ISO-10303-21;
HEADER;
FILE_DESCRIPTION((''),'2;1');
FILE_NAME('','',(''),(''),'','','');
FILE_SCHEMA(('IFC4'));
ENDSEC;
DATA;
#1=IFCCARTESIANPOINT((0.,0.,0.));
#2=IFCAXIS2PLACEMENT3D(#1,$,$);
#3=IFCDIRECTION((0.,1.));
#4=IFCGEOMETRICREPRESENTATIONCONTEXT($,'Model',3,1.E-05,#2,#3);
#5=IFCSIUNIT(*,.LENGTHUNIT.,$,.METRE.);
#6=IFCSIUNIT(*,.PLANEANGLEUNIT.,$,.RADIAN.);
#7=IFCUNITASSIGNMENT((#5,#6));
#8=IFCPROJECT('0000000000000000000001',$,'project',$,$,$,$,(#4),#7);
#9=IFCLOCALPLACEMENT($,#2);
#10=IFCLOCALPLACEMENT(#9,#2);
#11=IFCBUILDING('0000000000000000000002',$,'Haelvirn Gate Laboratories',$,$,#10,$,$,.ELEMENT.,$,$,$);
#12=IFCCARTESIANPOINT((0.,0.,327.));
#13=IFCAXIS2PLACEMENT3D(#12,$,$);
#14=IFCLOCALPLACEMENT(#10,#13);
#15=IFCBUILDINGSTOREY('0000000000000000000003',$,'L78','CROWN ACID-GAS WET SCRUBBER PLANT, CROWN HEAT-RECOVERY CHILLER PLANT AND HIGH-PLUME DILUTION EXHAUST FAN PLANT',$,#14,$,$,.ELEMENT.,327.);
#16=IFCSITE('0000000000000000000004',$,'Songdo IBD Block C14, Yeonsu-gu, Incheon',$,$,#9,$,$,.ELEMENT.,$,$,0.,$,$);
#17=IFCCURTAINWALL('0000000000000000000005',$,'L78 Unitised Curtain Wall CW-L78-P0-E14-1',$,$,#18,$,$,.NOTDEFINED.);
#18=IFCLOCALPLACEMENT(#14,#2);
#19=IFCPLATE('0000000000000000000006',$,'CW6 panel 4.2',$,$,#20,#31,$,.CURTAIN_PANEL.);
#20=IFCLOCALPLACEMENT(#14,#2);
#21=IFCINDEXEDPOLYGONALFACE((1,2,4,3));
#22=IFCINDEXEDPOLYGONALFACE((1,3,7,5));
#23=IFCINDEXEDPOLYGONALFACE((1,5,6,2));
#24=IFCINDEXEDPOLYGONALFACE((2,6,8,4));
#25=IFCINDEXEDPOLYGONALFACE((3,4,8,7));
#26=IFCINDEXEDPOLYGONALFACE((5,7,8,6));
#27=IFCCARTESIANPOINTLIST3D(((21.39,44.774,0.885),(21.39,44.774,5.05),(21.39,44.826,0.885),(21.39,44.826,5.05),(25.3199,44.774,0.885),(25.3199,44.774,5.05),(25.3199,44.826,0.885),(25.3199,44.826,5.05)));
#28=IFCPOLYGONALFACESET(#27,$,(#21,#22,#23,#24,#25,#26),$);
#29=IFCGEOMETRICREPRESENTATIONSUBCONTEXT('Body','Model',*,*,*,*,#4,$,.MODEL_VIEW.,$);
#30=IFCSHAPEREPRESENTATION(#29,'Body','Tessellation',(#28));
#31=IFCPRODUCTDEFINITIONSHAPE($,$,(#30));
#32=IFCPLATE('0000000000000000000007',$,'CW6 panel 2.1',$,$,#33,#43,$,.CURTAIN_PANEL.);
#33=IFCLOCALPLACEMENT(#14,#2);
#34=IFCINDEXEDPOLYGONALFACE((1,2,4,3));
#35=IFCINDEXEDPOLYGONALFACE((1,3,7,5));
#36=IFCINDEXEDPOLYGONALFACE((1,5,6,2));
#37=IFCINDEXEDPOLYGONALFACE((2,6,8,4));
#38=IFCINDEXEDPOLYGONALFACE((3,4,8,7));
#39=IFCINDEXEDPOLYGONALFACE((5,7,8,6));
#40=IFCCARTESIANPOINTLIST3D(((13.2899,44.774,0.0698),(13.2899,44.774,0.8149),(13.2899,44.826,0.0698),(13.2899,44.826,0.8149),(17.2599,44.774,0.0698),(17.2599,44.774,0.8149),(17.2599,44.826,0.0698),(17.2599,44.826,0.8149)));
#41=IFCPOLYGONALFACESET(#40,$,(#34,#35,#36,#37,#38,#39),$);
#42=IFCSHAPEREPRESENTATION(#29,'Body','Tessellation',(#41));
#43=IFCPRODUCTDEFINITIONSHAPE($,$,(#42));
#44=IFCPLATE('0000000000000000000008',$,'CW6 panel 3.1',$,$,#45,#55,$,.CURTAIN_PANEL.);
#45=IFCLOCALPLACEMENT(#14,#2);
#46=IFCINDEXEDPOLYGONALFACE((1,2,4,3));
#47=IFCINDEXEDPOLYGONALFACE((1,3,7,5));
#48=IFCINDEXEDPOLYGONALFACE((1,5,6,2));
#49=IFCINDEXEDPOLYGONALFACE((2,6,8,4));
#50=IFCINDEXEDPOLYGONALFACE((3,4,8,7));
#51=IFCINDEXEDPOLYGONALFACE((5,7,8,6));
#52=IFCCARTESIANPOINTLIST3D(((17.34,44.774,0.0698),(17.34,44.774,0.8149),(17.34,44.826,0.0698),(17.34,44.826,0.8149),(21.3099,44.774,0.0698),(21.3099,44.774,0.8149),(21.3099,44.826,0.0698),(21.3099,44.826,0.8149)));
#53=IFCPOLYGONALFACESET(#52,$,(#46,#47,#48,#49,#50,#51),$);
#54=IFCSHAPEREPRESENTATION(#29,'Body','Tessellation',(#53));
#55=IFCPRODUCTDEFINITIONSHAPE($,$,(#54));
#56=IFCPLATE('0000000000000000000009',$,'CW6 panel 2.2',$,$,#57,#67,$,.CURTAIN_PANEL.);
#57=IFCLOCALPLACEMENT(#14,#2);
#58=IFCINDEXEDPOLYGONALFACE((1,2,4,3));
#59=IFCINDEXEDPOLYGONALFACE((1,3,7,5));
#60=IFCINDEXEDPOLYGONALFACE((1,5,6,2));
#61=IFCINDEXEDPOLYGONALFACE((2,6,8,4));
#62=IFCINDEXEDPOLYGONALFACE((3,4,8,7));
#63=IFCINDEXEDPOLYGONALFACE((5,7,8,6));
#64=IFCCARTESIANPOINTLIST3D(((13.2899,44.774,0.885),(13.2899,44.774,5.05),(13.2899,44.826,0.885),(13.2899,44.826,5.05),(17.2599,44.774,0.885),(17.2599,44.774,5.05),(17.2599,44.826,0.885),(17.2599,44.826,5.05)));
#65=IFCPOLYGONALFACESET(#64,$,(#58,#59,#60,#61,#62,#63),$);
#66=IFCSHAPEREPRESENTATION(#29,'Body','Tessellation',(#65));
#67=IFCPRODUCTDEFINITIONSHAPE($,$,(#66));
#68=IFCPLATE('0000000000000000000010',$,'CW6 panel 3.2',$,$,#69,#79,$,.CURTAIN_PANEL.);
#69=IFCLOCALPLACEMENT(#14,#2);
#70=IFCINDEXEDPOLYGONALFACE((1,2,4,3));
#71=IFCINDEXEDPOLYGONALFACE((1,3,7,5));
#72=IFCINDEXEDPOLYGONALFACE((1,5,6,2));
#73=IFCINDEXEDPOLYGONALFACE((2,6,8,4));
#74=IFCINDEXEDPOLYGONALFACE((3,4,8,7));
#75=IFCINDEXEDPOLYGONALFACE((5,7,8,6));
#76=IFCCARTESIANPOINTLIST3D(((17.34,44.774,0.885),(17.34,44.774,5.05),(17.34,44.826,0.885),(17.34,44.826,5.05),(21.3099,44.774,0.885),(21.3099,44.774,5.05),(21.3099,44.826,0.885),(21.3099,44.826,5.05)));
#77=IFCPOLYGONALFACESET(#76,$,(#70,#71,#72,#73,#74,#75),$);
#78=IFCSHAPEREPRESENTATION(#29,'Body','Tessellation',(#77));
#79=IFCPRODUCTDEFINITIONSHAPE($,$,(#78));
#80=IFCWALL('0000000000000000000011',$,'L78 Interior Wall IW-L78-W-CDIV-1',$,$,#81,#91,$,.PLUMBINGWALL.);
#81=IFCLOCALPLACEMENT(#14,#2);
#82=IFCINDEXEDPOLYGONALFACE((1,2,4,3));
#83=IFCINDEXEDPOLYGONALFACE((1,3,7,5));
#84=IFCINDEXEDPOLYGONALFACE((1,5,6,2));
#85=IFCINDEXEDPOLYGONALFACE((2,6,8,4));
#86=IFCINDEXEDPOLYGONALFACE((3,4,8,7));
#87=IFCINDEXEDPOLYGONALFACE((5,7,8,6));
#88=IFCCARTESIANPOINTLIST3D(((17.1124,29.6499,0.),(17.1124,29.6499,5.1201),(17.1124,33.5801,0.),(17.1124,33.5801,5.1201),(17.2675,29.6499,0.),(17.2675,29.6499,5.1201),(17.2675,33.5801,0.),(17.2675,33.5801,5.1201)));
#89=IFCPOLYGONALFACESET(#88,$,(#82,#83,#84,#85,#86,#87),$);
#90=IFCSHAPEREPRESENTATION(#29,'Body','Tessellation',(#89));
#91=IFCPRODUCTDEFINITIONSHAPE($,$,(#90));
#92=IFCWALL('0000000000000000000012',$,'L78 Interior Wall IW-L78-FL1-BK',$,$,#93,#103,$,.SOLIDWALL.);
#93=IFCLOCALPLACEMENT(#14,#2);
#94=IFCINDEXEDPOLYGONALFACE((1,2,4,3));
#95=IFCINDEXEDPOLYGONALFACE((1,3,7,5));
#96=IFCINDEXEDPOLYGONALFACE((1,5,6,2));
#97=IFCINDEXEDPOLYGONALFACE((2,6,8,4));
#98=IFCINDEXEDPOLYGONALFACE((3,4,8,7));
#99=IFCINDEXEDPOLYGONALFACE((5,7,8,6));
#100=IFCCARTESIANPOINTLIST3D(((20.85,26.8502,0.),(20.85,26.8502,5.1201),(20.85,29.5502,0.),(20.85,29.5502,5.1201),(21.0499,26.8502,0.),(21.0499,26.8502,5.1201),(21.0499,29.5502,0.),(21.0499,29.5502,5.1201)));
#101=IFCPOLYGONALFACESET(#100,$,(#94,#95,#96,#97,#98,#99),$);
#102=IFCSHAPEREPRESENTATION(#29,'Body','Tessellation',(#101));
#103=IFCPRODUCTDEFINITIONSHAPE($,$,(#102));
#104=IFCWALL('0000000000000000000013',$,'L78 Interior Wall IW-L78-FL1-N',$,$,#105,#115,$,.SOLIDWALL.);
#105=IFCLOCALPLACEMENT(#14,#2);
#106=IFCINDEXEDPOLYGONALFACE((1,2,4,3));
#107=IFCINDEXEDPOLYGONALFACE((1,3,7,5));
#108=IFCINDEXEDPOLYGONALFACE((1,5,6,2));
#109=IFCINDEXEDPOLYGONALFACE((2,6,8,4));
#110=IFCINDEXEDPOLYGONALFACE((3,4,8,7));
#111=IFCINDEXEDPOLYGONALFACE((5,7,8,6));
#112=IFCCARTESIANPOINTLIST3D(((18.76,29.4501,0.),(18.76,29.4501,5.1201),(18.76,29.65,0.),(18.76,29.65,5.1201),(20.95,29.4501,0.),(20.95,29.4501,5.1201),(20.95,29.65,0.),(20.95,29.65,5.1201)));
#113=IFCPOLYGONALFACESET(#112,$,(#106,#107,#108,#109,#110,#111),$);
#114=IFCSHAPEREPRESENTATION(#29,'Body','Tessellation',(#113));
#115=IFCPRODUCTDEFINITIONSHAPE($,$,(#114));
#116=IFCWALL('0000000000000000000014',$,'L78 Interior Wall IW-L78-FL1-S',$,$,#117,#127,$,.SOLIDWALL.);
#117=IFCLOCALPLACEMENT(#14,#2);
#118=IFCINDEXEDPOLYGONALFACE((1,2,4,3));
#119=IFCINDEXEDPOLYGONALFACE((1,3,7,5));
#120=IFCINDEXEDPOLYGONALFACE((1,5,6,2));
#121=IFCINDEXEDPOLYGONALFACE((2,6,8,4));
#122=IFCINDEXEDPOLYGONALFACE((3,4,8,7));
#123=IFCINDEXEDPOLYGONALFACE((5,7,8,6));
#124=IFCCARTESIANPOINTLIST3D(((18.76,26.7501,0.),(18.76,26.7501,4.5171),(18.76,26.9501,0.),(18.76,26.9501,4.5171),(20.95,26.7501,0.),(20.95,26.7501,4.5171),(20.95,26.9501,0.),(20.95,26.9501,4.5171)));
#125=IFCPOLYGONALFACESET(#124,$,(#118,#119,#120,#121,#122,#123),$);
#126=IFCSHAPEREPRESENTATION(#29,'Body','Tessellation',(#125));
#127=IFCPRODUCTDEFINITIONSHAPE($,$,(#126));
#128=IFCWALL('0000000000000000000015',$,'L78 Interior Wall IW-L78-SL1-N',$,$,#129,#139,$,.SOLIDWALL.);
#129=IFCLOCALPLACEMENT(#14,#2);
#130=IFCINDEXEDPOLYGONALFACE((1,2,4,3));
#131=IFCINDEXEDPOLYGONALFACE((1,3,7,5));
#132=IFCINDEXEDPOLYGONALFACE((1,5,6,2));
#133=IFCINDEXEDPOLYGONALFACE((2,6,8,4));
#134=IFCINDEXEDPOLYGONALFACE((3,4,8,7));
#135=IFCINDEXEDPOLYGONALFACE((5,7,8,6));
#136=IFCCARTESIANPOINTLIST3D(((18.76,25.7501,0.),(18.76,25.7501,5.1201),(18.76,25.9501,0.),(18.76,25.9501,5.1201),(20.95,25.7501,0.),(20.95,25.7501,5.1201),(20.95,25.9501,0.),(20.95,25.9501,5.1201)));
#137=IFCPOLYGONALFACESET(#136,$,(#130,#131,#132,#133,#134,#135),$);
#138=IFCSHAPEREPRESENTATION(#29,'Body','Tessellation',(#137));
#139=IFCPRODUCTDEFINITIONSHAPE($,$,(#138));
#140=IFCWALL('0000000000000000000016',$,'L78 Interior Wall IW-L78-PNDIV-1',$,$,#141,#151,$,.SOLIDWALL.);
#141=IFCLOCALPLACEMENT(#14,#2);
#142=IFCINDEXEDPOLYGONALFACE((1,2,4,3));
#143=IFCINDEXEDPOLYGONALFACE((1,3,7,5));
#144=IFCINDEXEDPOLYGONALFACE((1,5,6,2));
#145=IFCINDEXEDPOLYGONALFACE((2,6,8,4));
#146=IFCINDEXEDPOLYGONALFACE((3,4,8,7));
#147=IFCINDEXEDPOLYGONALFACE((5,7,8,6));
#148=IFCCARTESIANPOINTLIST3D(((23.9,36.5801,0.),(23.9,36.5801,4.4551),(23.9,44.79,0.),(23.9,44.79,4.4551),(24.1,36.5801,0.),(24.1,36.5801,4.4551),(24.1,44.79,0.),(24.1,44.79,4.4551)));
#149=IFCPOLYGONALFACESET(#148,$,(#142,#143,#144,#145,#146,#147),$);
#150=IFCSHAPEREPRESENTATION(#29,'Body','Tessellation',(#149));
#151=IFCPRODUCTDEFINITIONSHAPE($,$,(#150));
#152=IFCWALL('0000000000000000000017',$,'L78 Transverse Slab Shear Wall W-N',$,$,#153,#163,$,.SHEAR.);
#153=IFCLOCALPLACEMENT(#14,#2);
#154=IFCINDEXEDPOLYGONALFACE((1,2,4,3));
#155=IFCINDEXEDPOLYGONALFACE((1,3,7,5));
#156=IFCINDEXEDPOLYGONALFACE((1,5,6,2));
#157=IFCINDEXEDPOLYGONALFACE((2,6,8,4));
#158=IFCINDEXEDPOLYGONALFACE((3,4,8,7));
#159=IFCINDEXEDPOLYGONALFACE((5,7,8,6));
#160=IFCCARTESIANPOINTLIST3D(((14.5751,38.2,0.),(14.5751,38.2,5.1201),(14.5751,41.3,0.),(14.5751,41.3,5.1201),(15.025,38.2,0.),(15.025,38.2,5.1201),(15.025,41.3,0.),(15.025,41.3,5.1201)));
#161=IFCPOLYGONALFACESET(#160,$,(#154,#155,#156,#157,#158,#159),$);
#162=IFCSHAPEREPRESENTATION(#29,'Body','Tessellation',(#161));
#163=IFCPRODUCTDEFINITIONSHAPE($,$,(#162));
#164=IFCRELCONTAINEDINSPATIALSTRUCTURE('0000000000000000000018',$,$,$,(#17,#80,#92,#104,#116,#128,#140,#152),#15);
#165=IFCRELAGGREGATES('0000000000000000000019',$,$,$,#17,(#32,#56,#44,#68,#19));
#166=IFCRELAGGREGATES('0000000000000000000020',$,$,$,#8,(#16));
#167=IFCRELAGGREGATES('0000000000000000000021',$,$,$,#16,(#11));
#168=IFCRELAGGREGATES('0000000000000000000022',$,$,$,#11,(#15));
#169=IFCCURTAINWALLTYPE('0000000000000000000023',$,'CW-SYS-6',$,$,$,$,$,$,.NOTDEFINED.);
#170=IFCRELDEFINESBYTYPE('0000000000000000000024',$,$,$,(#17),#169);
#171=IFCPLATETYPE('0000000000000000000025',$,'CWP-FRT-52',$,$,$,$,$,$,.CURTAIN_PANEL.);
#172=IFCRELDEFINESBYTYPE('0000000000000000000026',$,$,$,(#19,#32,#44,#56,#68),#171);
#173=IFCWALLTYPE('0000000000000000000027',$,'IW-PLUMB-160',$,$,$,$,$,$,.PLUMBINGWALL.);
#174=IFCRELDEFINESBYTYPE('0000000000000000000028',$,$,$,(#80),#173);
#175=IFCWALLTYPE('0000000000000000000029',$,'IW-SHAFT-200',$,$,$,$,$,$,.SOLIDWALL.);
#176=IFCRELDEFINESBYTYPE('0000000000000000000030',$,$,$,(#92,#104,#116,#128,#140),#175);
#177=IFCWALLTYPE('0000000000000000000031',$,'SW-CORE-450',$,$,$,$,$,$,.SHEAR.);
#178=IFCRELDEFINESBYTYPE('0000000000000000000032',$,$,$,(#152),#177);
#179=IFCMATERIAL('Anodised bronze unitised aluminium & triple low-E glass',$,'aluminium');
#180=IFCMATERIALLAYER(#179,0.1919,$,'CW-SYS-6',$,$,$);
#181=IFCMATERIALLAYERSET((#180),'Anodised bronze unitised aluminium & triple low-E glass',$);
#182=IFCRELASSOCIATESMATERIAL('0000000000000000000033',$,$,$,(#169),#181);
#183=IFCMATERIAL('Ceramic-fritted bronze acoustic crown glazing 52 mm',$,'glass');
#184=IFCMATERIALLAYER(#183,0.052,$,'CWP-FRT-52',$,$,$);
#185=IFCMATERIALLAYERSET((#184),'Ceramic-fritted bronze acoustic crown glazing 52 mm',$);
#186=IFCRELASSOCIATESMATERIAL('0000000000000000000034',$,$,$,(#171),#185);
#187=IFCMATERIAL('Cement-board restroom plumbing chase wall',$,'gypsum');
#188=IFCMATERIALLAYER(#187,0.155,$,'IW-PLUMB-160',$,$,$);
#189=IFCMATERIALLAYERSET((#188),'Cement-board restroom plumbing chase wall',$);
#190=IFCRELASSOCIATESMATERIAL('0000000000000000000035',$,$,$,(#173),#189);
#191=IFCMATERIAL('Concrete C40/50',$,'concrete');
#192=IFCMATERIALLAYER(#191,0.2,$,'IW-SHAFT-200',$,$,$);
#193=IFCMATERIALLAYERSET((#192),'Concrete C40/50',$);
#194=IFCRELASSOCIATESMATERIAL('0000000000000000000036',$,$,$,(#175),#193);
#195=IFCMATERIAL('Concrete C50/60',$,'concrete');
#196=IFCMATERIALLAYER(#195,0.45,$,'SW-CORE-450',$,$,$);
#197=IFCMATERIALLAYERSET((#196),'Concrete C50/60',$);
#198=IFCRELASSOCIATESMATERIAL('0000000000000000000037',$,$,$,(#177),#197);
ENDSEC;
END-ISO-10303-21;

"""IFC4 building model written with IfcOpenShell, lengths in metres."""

from ifc_helpers import new_model, si_unit, direction, frame, frame_2d, origin, origin_2d, place, context, subcontext, project, spatial, rectangle, extrude, source, transform, mapped, material, layer, layer_set, type_object, element, aggregate, save


model = new_model("IFC4")

# Units and contexts
model_context = context("Model", 3, precision=1e-05, world=origin(), true_north=direction((0.0, 1.0)))
body_context = subcontext(model_context, "Body", "Model", "MODEL_VIEW")
ifc_project = project(units=[si_unit("LENGTHUNIT", "METRE"), si_unit("PLANEANGLEUNIT", "RADIAN")], contexts=[model_context])

# Site, building, storey
site_placement = place(None, origin())
site = spatial("IfcSite", under=ifc_project, at=site_placement, Name="Songdo IBD Block C14, Yeonsu-gu, Incheon", CompositionType="ELEMENT", RefElevation=0.0)
building_placement = place(site_placement, origin())
building = spatial("IfcBuilding", under=site, at=building_placement, Name="Haelvirn Gate Laboratories", CompositionType="ELEMENT")
storey_placement = place(building_placement, frame((0.0, 0.0, 327.0)))
storey = spatial("IfcBuildingStorey", under=building, at=storey_placement, Name="L78", Description="CROWN ACID-GAS WET SCRUBBER PLANT, CROWN HEAT-RECOVERY CHILLER PLANT AND HIGH-PLUME DILUTION EXHAUST FAN PLANT", CompositionType="ELEMENT", Elevation=327.0)

# Shared definitions
ifc_material_1 = material(Name="Concrete C50/60", Category="concrete")

# Curtain wall, plates
ifc_material_2 = material(Name="Anodised bronze unitised aluminium & triple low-E glass", Category="aluminium")
ifc_layer_1 = layer(ifc_material_2, 0.1919, Name="CW-SYS-6")
ifc_layer_set_1 = layer_set([ifc_layer_1], Name="Anodised bronze unitised aluminium & triple low-E glass")
curtain_wall_type = type_object("IfcCurtainWallType", Name="CW-SYS-6", PredefinedType="NOTDEFINED", material=ifc_layer_set_1)
curtain_wall_placement = place(storey_placement, origin())
curtain_wall = element("IfcCurtainWall", 1, at=curtain_wall_placement, inside=storey, type_object=curtain_wall_type, Name="L78 Unitised Curtain Wall CW-L78-P0-E14-1", PredefinedType="NOTDEFINED")
ifc_material_3 = material(Name="Ceramic-fritted bronze acoustic crown glazing 52 mm", Category="glass")
ifc_layer_2 = layer(ifc_material_3, 0.052, Name="CWP-FRT-52")
ifc_layer_set_2 = layer_set([ifc_layer_2], Name="Ceramic-fritted bronze acoustic crown glazing 52 mm")
plate_type = type_object("IfcPlateType", Name="CWP-FRT-52", PredefinedType="CURTAIN_PANEL", material=ifc_layer_set_2)
shared_shape_1 = source(origin(), body_context, "Body", "SweptSolid", [
    extrude(rectangle(XDim=3.9299, YDim=0.052, at=origin_2d()), origin(), (0.0, 0.0, 1.0), 4.165),
])
plate_1_placement = place(storey_placement, frame((23.355, 44.8, 0.885), z_axis=(0.0, 0.0, 1.0), x_axis=(1.0, 0.0, 0.0)))
plate_1 = element("IfcPlate", 2, at=plate_1_placement, type_object=plate_type, Name="CW6 panel 4.2", PredefinedType="CURTAIN_PANEL", context=body_context, shape_type="MappedRepresentation", body=[
    mapped(shared_shape_1, transform((0.0, 0.0, 0.0), scale=1.0)),
])
shared_shape_2 = source(origin(), body_context, "Body", "SweptSolid", [
    extrude(rectangle(XDim=3.97, YDim=0.052, at=origin_2d()), origin(), (0.0, 0.0, 1.0), 0.7451),
])
plate_2_placement = place(storey_placement, frame((15.2749, 44.8, 0.0698), z_axis=(0.0, 0.0, 1.0), x_axis=(1.0, 0.0, 0.0)))
plate_2 = element("IfcPlate", 3, at=plate_2_placement, type_object=plate_type, Name="CW6 panel 2.1", PredefinedType="CURTAIN_PANEL", context=body_context, shape_type="MappedRepresentation", body=[
    mapped(shared_shape_2, transform((0.0, 0.0, 0.0), scale=1.0)),
])
plate_3_placement = place(storey_placement, frame((19.325, 44.8, 0.0698), z_axis=(0.0, 0.0, 1.0), x_axis=(1.0, 0.0, 0.0)))
plate_3 = element("IfcPlate", 4, at=plate_3_placement, type_object=plate_type, Name="CW6 panel 3.1", PredefinedType="CURTAIN_PANEL", context=body_context, shape_type="MappedRepresentation", body=[
    mapped(shared_shape_2, transform((0.0, 0.0, 0.0), scale=1.0)),
])
shared_shape_3 = source(origin(), body_context, "Body", "SweptSolid", [
    extrude(rectangle(XDim=3.97, YDim=0.052, at=origin_2d()), origin(), (0.0, 0.0, 1.0), 4.165),
])
plate_4_placement = place(storey_placement, frame((15.2749, 44.8, 0.885), z_axis=(0.0, 0.0, 1.0), x_axis=(1.0, 0.0, 0.0)))
plate_4 = element("IfcPlate", 5, at=plate_4_placement, type_object=plate_type, Name="CW6 panel 2.2", PredefinedType="CURTAIN_PANEL", context=body_context, shape_type="MappedRepresentation", body=[
    mapped(shared_shape_3, transform((0.0, 0.0, 0.0), scale=1.0)),
])
plate_5_placement = place(storey_placement, frame((19.325, 44.8, 0.885), z_axis=(0.0, 0.0, 1.0), x_axis=(1.0, 0.0, 0.0)))
plate_5 = element("IfcPlate", 6, at=plate_5_placement, type_object=plate_type, Name="CW6 panel 3.2", PredefinedType="CURTAIN_PANEL", context=body_context, shape_type="MappedRepresentation", body=[
    mapped(shared_shape_3, transform((0.0, 0.0, 0.0), scale=1.0)),
])
aggregate(curtain_wall, [plate_2, plate_4, plate_3, plate_5, plate_1])

# Walls
ifc_material_4 = material(Name="Cement-board restroom plumbing chase wall", Category="gypsum")
ifc_layer_3 = layer(ifc_material_4, 0.155, Name="IW-PLUMB-160")
ifc_layer_set_3 = layer_set([ifc_layer_3], Name="Cement-board restroom plumbing chase wall")
wall_type_1 = type_object("IfcWallType", Name="IW-PLUMB-160", PredefinedType="PLUMBINGWALL", material=ifc_layer_set_3)
wall_1_placement = place(storey_placement, frame((17.1899, 29.6499, 0.0), z_axis=(0.0, 0.0, 1.0), x_axis=(0.0, 1.0, 0.0)))
element("IfcWall", 7, at=wall_1_placement, inside=storey, type_object=wall_type_1, Name="L78 Interior Wall IW-L78-W-CDIV-1", PredefinedType="PLUMBINGWALL", context=body_context, shape_type="SweptSolid", body=[
    extrude(rectangle(XDim=3.9302, YDim=0.155, at=frame_2d((1.9651, 0.0))), origin(), (0.0, 0.0, 1.0), 5.1201),
])
ifc_material_5 = material(Name="Concrete C40/50", Category="concrete")
ifc_layer_4 = layer(ifc_material_5, 0.2, Name="IW-SHAFT-200")
ifc_layer_set_4 = layer_set([ifc_layer_4], Name="Concrete C40/50")
wall_type_2 = type_object("IfcWallType", Name="IW-SHAFT-200", PredefinedType="SOLIDWALL", material=ifc_layer_set_4)
wall_2_placement = place(storey_placement, frame((20.95, 26.8501, 0.0), z_axis=(0.0, 0.0, 1.0), x_axis=(0.0, 1.0, 0.0)))
element("IfcWall", 8, at=wall_2_placement, inside=storey, type_object=wall_type_2, Name="L78 Interior Wall IW-L78-FL1-BK", PredefinedType="SOLIDWALL", context=body_context, shape_type="SweptSolid", body=[
    extrude(rectangle(XDim=2.7, YDim=0.2, at=frame_2d((1.3501, 0.0))), origin(), (0.0, 0.0, 1.0), 5.1201),
])
wall_3_placement = place(storey_placement, frame((18.76, 29.55, 0.0), z_axis=(0.0, 0.0, 1.0), x_axis=(1.0, 0.0, 0.0)))
element("IfcWall", 9, at=wall_3_placement, inside=storey, type_object=wall_type_2, Name="L78 Interior Wall IW-L78-FL1-N", PredefinedType="SOLIDWALL", context=body_context, shape_type="SweptSolid", body=[
    extrude(rectangle(XDim=2.1899, YDim=0.2, at=frame_2d((1.095, 0.0))), origin(), (0.0, 0.0, 1.0), 5.1201),
])
wall_4_placement = place(storey_placement, frame((18.76, 26.8501, 0.0), z_axis=(0.0, 0.0, 1.0), x_axis=(1.0, 0.0, 0.0)))
element("IfcWall", 10, at=wall_4_placement, inside=storey, type_object=wall_type_2, Name="L78 Interior Wall IW-L78-FL1-S", PredefinedType="SOLIDWALL", context=body_context, shape_type="SweptSolid", body=[
    extrude(rectangle(XDim=2.1899, YDim=0.2, at=frame_2d((1.095, 0.0))), origin(), (0.0, 0.0, 1.0), 4.5171),
])
wall_5_placement = place(storey_placement, frame((18.76, 25.8501, 0.0), z_axis=(0.0, 0.0, 1.0), x_axis=(1.0, 0.0, 0.0)))
element("IfcWall", 11, at=wall_5_placement, inside=storey, type_object=wall_type_2, Name="L78 Interior Wall IW-L78-SL1-N", PredefinedType="SOLIDWALL", context=body_context, shape_type="SweptSolid", body=[
    extrude(rectangle(XDim=2.1899, YDim=0.2, at=frame_2d((1.095, 0.0))), origin(), (0.0, 0.0, 1.0), 5.1201),
])
wall_6_placement = place(storey_placement, frame((24.0, 36.5801, 0.0), z_axis=(0.0, 0.0, 1.0), x_axis=(0.0, 1.0, 0.0)))
element("IfcWall", 12, at=wall_6_placement, inside=storey, type_object=wall_type_2, Name="L78 Interior Wall IW-L78-PNDIV-1", PredefinedType="SOLIDWALL", context=body_context, shape_type="SweptSolid", body=[
    extrude(rectangle(XDim=8.21, YDim=0.2, at=frame_2d((4.105, 0.0))), origin(), (0.0, 0.0, 1.0), 4.4551),
])
ifc_layer_5 = layer(ifc_material_1, 0.45, Name="SW-CORE-450")
ifc_layer_set_5 = layer_set([ifc_layer_5], Name="Concrete C50/60")
wall_type_3 = type_object("IfcWallType", Name="SW-CORE-450", PredefinedType="SHEAR", material=ifc_layer_set_5)
wall_7_placement = place(storey_placement, frame((14.8, 38.2, 0.0), z_axis=(0.0, 0.0, 1.0), x_axis=(0.0, 1.0, 0.0)))
element("IfcWall", 13, at=wall_7_placement, inside=storey, type_object=wall_type_3, Name="L78 Transverse Slab Shear Wall W-N", PredefinedType="SHEAR", context=body_context, shape_type="SweptSolid", body=[
    extrude(rectangle(XDim=3.1001, YDim=0.45, at=frame_2d((1.55, 0.0))), origin(), (0.0, 0.0, 1.0), 5.1201),
])

save(model, "model.ifc")
